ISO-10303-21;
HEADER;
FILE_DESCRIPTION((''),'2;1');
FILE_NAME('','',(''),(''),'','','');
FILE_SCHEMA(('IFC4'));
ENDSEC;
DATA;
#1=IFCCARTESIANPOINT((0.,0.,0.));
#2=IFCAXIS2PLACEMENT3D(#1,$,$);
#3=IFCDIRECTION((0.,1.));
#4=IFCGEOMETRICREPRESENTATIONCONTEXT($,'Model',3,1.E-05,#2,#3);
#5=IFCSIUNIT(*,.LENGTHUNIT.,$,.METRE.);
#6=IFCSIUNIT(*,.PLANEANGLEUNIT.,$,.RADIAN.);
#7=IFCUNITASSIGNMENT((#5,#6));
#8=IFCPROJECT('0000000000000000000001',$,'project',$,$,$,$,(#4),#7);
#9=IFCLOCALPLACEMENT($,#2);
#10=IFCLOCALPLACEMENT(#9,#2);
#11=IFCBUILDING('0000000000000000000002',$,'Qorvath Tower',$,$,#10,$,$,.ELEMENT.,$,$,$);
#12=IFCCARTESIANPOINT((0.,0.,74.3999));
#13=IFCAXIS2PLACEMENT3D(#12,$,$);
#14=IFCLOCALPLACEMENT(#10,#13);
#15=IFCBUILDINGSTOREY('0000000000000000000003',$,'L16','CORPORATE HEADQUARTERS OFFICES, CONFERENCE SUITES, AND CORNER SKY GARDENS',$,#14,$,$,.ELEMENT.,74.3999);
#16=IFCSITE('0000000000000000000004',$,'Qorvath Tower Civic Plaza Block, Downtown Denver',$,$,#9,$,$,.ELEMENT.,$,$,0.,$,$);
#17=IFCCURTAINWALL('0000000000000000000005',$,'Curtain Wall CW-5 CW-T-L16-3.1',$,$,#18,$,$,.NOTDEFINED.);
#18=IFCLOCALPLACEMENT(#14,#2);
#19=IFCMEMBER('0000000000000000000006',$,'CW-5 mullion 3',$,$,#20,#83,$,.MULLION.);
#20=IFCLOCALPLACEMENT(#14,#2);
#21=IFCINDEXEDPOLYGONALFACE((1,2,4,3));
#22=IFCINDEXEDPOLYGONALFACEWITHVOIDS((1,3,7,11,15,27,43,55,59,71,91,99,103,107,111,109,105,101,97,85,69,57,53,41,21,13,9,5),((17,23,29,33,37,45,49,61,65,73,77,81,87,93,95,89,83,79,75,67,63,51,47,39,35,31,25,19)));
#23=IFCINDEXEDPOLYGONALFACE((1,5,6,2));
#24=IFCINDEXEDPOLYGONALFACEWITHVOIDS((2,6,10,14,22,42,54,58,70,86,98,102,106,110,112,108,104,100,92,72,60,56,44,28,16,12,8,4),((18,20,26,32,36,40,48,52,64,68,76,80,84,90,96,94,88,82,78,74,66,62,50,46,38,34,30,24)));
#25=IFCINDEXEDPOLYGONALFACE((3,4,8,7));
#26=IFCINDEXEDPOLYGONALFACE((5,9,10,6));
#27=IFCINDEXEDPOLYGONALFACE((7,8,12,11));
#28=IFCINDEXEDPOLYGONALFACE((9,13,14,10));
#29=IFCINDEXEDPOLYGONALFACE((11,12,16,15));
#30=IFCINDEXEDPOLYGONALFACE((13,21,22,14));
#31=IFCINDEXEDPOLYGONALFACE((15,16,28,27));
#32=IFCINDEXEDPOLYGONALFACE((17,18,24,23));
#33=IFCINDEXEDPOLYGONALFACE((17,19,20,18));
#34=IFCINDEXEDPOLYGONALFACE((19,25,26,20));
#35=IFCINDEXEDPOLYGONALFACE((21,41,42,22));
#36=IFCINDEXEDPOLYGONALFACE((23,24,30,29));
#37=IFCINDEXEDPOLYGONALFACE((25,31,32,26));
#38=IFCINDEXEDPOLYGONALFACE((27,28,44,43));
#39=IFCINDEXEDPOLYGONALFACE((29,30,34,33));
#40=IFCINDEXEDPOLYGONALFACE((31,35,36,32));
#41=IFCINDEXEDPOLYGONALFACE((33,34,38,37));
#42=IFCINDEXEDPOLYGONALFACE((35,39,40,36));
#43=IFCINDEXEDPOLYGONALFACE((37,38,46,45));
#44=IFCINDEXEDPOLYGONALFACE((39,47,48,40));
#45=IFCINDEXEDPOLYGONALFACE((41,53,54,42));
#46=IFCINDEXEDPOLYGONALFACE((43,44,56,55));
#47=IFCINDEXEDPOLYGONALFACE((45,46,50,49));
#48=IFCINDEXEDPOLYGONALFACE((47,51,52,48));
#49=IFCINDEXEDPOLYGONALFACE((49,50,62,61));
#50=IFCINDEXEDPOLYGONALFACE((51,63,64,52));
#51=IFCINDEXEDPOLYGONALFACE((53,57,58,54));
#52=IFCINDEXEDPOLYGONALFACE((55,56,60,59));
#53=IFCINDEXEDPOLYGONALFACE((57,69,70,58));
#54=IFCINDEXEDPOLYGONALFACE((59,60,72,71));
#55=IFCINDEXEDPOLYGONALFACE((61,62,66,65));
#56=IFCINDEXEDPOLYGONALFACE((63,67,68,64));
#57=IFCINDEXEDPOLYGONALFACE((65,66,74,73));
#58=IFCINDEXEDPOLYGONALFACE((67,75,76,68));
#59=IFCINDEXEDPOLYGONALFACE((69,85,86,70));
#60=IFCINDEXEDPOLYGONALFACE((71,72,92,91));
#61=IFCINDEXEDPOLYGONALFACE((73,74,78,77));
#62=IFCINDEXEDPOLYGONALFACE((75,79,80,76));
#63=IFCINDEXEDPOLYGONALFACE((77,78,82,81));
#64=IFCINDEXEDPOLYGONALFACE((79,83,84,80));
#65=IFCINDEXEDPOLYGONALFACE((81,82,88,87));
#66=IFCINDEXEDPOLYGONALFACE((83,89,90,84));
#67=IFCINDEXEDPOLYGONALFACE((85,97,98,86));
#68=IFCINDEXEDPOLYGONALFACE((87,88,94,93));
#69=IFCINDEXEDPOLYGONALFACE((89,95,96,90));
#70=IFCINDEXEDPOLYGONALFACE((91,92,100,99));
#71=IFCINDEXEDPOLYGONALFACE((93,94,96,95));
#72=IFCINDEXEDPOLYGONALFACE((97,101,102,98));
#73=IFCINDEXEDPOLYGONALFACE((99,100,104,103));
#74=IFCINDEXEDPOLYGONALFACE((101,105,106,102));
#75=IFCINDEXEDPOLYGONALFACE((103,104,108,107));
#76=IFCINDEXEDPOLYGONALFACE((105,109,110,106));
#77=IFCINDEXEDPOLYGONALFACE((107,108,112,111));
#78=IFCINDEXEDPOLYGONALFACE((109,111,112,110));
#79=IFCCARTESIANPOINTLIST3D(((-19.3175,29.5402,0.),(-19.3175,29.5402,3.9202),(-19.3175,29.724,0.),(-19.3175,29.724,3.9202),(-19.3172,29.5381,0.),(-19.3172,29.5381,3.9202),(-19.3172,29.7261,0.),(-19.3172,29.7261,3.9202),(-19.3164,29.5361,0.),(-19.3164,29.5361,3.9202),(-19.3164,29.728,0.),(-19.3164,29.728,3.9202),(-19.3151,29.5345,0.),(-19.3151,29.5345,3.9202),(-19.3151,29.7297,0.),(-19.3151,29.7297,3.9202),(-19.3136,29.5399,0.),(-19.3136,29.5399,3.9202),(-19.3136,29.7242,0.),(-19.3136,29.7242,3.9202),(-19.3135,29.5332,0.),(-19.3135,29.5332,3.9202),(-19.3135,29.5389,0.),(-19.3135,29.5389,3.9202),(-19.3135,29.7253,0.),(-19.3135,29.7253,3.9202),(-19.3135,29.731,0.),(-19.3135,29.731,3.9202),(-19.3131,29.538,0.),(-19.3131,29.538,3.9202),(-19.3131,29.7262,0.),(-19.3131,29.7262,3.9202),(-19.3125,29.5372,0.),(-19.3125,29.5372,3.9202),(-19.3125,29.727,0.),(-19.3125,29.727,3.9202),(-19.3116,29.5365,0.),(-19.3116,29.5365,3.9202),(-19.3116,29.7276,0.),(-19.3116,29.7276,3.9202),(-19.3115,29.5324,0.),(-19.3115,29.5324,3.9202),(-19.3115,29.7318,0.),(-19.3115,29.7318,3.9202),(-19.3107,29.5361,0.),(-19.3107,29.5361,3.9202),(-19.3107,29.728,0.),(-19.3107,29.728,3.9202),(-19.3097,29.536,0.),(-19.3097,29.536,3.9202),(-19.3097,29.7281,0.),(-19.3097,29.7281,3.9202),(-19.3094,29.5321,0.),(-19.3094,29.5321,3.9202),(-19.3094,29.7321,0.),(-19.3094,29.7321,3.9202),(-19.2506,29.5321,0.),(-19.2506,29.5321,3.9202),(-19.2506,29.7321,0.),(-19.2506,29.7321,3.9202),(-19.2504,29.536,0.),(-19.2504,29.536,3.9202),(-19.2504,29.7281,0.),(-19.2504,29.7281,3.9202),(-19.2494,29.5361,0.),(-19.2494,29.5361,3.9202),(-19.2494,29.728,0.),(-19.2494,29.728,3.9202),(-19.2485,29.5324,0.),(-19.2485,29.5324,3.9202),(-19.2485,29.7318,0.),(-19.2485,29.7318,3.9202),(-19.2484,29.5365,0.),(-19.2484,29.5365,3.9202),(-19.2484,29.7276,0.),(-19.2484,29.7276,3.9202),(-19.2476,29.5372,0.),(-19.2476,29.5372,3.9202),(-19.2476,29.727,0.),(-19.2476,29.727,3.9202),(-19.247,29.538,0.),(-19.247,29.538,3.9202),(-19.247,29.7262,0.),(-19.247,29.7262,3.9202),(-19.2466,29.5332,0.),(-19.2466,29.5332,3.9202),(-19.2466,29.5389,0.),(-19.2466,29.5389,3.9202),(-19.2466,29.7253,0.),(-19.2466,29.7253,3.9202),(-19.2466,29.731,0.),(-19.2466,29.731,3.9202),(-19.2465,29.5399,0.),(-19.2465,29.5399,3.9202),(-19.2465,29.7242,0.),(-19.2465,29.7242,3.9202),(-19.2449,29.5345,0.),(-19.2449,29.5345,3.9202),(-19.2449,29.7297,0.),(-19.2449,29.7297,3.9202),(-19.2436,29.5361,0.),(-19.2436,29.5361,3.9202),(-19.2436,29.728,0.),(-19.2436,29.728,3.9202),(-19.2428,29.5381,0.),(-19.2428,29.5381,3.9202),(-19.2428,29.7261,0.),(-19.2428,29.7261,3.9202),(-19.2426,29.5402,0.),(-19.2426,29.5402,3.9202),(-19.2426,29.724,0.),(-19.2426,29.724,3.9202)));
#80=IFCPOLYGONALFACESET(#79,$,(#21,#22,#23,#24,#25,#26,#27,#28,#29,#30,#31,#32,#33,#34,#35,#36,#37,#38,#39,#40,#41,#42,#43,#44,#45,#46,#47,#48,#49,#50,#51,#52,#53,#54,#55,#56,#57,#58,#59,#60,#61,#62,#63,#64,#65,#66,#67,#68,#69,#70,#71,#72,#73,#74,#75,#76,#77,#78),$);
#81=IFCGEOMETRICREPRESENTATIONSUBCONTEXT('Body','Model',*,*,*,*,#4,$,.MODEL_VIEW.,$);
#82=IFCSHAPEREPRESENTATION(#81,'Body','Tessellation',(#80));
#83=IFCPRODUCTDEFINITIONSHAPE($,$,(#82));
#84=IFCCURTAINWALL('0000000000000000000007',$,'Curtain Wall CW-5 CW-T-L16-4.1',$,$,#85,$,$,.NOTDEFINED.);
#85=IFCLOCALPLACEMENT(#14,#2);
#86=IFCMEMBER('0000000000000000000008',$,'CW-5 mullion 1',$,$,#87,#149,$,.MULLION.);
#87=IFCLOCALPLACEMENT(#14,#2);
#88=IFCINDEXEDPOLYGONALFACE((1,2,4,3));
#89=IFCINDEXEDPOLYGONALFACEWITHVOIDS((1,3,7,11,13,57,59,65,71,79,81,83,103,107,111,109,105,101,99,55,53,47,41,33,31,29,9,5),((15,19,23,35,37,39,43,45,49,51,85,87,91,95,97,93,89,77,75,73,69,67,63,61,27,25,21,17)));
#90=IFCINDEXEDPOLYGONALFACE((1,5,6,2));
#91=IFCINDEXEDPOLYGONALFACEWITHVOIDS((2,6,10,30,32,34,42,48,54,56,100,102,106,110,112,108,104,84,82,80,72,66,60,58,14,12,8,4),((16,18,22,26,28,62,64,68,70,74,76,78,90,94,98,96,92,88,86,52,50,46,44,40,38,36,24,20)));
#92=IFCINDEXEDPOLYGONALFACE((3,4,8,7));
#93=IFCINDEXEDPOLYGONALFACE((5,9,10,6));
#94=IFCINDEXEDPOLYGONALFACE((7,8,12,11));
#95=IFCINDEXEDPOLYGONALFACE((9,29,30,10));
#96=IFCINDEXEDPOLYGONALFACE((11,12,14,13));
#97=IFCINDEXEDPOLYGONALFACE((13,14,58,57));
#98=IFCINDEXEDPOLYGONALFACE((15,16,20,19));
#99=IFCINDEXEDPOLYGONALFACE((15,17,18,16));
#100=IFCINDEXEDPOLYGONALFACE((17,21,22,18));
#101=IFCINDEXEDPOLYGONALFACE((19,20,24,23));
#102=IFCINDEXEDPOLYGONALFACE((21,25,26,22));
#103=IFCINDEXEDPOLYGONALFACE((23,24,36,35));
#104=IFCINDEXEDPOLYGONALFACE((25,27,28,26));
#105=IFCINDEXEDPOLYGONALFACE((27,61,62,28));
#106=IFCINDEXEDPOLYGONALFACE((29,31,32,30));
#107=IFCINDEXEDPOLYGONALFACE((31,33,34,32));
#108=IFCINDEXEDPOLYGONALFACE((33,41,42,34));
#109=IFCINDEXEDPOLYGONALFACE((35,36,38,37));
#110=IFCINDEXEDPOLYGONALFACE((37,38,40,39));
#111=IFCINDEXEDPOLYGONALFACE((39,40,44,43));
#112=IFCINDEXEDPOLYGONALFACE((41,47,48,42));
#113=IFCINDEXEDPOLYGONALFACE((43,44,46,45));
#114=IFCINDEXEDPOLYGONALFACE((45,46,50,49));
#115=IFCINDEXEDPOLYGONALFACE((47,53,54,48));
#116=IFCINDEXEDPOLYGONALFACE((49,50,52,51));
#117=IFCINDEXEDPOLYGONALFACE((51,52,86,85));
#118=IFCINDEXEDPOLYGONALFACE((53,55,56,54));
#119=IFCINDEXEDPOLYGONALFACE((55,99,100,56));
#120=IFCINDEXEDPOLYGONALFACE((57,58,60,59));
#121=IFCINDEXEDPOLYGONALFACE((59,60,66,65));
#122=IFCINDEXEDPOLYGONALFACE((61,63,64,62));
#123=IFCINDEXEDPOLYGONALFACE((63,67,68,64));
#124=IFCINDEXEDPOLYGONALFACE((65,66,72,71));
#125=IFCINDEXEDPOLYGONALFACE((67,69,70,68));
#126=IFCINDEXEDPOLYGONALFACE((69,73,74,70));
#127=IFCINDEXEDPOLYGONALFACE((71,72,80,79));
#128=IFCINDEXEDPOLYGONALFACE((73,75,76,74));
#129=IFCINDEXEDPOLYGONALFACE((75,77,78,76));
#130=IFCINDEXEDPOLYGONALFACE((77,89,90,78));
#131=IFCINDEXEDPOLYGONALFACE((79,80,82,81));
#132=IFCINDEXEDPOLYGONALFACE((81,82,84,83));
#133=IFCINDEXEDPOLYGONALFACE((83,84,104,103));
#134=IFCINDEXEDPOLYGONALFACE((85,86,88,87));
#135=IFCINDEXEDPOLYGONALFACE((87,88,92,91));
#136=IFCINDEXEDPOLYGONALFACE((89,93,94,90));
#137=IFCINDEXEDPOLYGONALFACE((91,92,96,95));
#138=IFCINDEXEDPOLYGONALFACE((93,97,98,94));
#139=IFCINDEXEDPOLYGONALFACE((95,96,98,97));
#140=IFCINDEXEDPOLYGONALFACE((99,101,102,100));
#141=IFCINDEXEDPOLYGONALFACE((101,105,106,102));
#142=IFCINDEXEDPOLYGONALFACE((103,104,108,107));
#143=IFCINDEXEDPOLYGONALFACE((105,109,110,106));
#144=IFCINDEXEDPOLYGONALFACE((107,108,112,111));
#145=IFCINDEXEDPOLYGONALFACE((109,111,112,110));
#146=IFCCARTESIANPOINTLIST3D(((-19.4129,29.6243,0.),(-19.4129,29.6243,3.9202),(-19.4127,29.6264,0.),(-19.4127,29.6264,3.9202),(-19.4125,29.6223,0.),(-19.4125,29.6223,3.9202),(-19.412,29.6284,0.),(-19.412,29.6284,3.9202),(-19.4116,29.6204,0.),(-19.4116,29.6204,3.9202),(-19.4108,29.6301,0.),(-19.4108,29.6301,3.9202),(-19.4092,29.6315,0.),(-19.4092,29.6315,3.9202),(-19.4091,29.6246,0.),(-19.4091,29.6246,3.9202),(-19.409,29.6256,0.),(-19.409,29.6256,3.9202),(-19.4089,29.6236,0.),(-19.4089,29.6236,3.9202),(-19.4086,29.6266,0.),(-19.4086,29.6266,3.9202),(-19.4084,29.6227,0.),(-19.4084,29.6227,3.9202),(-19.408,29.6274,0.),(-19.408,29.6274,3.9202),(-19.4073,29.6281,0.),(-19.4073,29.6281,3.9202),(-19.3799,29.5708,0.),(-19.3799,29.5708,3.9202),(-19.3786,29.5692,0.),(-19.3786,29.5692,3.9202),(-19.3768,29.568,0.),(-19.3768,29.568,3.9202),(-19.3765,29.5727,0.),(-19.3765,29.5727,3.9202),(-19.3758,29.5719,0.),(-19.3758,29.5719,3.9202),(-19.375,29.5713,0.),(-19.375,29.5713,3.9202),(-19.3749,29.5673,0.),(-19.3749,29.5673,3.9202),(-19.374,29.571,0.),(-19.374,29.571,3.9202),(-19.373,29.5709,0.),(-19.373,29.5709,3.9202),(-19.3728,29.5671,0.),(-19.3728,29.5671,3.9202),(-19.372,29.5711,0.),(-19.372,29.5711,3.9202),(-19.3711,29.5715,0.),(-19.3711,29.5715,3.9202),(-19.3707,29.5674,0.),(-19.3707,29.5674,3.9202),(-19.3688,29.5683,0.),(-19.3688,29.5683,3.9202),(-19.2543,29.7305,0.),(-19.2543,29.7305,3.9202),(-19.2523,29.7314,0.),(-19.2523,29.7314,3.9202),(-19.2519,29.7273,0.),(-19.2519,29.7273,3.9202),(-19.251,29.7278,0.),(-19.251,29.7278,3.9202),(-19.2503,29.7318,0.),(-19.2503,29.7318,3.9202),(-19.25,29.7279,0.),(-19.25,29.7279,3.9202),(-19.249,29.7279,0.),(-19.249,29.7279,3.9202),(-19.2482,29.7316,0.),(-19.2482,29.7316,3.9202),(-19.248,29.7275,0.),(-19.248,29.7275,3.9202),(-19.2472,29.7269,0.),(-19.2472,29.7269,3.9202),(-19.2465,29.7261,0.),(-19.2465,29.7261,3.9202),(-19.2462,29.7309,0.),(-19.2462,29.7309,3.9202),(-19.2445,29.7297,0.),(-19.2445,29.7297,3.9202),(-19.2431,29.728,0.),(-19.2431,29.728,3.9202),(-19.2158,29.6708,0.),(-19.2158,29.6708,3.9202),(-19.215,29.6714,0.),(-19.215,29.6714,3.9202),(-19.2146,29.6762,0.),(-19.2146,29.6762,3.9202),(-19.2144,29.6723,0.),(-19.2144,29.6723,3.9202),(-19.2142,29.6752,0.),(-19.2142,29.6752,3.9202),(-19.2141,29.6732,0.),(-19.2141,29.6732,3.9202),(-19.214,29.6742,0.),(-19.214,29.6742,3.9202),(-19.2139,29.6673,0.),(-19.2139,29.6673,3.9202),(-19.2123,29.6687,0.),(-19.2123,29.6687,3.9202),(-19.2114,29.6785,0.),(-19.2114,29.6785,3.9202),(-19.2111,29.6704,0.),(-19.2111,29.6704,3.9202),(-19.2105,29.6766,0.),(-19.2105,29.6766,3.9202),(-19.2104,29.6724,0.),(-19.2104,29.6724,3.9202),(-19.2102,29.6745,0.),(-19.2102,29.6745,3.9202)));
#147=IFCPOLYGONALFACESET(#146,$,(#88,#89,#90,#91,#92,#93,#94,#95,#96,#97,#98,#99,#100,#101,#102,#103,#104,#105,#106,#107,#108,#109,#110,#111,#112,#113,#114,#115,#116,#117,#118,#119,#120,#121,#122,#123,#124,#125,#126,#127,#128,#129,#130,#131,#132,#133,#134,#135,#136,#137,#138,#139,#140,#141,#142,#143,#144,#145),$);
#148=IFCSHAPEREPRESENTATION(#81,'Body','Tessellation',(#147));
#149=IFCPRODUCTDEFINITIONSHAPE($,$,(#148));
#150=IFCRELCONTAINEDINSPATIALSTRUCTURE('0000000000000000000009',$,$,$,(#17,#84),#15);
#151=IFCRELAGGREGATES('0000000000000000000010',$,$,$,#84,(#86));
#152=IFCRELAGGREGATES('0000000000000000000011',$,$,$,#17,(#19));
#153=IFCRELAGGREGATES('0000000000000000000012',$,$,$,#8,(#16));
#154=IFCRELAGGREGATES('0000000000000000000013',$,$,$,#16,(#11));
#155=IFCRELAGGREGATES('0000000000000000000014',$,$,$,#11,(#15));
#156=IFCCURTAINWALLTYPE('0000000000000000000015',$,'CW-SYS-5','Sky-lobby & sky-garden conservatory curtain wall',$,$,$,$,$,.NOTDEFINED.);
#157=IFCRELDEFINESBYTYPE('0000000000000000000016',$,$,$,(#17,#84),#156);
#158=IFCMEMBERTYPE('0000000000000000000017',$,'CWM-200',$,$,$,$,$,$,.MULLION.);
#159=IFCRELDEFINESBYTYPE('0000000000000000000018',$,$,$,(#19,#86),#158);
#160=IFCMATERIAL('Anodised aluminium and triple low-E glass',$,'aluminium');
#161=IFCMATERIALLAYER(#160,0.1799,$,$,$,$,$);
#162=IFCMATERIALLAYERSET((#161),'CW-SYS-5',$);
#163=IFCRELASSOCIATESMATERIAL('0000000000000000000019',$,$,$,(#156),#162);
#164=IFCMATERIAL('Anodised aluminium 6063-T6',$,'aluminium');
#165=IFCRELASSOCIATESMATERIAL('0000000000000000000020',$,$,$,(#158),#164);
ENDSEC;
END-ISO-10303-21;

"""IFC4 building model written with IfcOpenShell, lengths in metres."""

from ifc_helpers import new_model, si_unit, direction, frame, origin, origin_2d, place, context, subcontext, project, spatial, hollow_rectangle, extrude, material, layer, layer_set, material_profile, profile_set, type_object, element, aggregate, save


model = new_model("IFC4")

# Units and contexts
model_context = context("Model", 3, precision=1e-05, world=origin(), true_north=direction((0.0, 1.0)))
body_context = subcontext(model_context, "Body", "Model", "MODEL_VIEW")
ifc_project = project(units=[si_unit("LENGTHUNIT", "METRE"), si_unit("PLANEANGLEUNIT", "RADIAN")], contexts=[model_context])

# Site, building, storey
site_placement = place(None, origin())
site = spatial("IfcSite", under=ifc_project, at=site_placement, Name="Qorvath Tower Civic Plaza Block, Downtown Denver", CompositionType="ELEMENT", RefElevation=0.0)
building_placement = place(site_placement, origin())
building = spatial("IfcBuilding", under=site, at=building_placement, Name="Qorvath Tower", CompositionType="ELEMENT")
storey_placement = place(building_placement, frame((0.0, 0.0, 74.3999)))
storey = spatial("IfcBuildingStorey", under=building, at=storey_placement, Name="L16", Description="CORPORATE HEADQUARTERS OFFICES, CONFERENCE SUITES, AND CORNER SKY GARDENS", CompositionType="ELEMENT", Elevation=74.3999)

# Shared definitions
ifc_material_1 = material(Name="Anodised aluminium and triple low-E glass", Category="aluminium")
ifc_layer_1 = layer(ifc_material_1, 0.1799)
ifc_layer_set_1 = layer_set([ifc_layer_1], Name="CW-SYS-5")
curtain_wall_type = type_object("IfcCurtainWallType", Name="CW-SYS-5", Description="Sky-lobby & sky-garden conservatory curtain wall", PredefinedType="NOTDEFINED", material=ifc_layer_set_1)
ifc_material_2 = material(Name="Anodised aluminium 6063-T6", Category="aluminium")
ifc_material_profile_1 = material_profile(ifc_material_2, hollow_rectangle(XDim=0.075, YDim=0.2, WallThickness=0.0039, InnerFilletRadius=0.0039, OuterFilletRadius=0.0081, at=origin_2d()), Name="CWM 200x75")
ifc_profile_set_1 = profile_set([ifc_material_profile_1], Name="Anodised aluminium 6063-T6")
member_type_1 = type_object("IfcMemberType", Name="CWM-200", PredefinedType="MULLION", material=ifc_profile_set_1)

# Curtain wall, member
curtain_wall_1_placement = place(storey_placement, origin())
curtain_wall_1 = element("IfcCurtainWall", 1, at=curtain_wall_1_placement, inside=storey, type_object=curtain_wall_type, Name="Curtain Wall CW-5 CW-T-L16-3.1", PredefinedType="NOTDEFINED")
member_1_placement = place(storey_placement, frame((-19.28, 29.6321, 0.0), z_axis=(0.0, 0.0, 1.0), x_axis=(-1.0, 0.0, 0.0)))
member_1 = element("IfcMember", 2, at=member_1_placement, type_object=member_type_1, Name="CW-5 mullion 3", PredefinedType="MULLION", context=body_context, shape_type="SweptSolid", body=[
    extrude(hollow_rectangle(XDim=0.075, YDim=0.2, WallThickness=0.0039, InnerFilletRadius=0.0039, OuterFilletRadius=0.0081, at=origin_2d()), origin(), (0.0, 0.0, 1.0), 3.9202),
])

# Curtain wall, member
curtain_wall_2_placement = place(storey_placement, origin())
curtain_wall_2 = element("IfcCurtainWall", 3, at=curtain_wall_2_placement, inside=storey, type_object=curtain_wall_type, Name="Curtain Wall CW-5 CW-T-L16-4.1", PredefinedType="NOTDEFINED")
member_2_placement = place(storey_placement, frame((-19.3115, 29.6494, 0.0), z_axis=(0.0, 0.0, 1.0), x_axis=(0.538533, -0.842604, 0.0)))
member_2 = element("IfcMember", 4, at=member_2_placement, type_object=member_type_1, Name="CW-5 mullion 1", PredefinedType="MULLION", context=body_context, shape_type="SweptSolid", body=[
    extrude(hollow_rectangle(XDim=0.075, YDim=0.2, WallThickness=0.0039, InnerFilletRadius=0.0039, OuterFilletRadius=0.0081, at=origin_2d()), origin(), (0.0, 0.0, 1.0), 3.9202),
])

aggregate(curtain_wall_2, [member_2])

aggregate(curtain_wall_1, [member_1])

save(model, "model.ifc")
